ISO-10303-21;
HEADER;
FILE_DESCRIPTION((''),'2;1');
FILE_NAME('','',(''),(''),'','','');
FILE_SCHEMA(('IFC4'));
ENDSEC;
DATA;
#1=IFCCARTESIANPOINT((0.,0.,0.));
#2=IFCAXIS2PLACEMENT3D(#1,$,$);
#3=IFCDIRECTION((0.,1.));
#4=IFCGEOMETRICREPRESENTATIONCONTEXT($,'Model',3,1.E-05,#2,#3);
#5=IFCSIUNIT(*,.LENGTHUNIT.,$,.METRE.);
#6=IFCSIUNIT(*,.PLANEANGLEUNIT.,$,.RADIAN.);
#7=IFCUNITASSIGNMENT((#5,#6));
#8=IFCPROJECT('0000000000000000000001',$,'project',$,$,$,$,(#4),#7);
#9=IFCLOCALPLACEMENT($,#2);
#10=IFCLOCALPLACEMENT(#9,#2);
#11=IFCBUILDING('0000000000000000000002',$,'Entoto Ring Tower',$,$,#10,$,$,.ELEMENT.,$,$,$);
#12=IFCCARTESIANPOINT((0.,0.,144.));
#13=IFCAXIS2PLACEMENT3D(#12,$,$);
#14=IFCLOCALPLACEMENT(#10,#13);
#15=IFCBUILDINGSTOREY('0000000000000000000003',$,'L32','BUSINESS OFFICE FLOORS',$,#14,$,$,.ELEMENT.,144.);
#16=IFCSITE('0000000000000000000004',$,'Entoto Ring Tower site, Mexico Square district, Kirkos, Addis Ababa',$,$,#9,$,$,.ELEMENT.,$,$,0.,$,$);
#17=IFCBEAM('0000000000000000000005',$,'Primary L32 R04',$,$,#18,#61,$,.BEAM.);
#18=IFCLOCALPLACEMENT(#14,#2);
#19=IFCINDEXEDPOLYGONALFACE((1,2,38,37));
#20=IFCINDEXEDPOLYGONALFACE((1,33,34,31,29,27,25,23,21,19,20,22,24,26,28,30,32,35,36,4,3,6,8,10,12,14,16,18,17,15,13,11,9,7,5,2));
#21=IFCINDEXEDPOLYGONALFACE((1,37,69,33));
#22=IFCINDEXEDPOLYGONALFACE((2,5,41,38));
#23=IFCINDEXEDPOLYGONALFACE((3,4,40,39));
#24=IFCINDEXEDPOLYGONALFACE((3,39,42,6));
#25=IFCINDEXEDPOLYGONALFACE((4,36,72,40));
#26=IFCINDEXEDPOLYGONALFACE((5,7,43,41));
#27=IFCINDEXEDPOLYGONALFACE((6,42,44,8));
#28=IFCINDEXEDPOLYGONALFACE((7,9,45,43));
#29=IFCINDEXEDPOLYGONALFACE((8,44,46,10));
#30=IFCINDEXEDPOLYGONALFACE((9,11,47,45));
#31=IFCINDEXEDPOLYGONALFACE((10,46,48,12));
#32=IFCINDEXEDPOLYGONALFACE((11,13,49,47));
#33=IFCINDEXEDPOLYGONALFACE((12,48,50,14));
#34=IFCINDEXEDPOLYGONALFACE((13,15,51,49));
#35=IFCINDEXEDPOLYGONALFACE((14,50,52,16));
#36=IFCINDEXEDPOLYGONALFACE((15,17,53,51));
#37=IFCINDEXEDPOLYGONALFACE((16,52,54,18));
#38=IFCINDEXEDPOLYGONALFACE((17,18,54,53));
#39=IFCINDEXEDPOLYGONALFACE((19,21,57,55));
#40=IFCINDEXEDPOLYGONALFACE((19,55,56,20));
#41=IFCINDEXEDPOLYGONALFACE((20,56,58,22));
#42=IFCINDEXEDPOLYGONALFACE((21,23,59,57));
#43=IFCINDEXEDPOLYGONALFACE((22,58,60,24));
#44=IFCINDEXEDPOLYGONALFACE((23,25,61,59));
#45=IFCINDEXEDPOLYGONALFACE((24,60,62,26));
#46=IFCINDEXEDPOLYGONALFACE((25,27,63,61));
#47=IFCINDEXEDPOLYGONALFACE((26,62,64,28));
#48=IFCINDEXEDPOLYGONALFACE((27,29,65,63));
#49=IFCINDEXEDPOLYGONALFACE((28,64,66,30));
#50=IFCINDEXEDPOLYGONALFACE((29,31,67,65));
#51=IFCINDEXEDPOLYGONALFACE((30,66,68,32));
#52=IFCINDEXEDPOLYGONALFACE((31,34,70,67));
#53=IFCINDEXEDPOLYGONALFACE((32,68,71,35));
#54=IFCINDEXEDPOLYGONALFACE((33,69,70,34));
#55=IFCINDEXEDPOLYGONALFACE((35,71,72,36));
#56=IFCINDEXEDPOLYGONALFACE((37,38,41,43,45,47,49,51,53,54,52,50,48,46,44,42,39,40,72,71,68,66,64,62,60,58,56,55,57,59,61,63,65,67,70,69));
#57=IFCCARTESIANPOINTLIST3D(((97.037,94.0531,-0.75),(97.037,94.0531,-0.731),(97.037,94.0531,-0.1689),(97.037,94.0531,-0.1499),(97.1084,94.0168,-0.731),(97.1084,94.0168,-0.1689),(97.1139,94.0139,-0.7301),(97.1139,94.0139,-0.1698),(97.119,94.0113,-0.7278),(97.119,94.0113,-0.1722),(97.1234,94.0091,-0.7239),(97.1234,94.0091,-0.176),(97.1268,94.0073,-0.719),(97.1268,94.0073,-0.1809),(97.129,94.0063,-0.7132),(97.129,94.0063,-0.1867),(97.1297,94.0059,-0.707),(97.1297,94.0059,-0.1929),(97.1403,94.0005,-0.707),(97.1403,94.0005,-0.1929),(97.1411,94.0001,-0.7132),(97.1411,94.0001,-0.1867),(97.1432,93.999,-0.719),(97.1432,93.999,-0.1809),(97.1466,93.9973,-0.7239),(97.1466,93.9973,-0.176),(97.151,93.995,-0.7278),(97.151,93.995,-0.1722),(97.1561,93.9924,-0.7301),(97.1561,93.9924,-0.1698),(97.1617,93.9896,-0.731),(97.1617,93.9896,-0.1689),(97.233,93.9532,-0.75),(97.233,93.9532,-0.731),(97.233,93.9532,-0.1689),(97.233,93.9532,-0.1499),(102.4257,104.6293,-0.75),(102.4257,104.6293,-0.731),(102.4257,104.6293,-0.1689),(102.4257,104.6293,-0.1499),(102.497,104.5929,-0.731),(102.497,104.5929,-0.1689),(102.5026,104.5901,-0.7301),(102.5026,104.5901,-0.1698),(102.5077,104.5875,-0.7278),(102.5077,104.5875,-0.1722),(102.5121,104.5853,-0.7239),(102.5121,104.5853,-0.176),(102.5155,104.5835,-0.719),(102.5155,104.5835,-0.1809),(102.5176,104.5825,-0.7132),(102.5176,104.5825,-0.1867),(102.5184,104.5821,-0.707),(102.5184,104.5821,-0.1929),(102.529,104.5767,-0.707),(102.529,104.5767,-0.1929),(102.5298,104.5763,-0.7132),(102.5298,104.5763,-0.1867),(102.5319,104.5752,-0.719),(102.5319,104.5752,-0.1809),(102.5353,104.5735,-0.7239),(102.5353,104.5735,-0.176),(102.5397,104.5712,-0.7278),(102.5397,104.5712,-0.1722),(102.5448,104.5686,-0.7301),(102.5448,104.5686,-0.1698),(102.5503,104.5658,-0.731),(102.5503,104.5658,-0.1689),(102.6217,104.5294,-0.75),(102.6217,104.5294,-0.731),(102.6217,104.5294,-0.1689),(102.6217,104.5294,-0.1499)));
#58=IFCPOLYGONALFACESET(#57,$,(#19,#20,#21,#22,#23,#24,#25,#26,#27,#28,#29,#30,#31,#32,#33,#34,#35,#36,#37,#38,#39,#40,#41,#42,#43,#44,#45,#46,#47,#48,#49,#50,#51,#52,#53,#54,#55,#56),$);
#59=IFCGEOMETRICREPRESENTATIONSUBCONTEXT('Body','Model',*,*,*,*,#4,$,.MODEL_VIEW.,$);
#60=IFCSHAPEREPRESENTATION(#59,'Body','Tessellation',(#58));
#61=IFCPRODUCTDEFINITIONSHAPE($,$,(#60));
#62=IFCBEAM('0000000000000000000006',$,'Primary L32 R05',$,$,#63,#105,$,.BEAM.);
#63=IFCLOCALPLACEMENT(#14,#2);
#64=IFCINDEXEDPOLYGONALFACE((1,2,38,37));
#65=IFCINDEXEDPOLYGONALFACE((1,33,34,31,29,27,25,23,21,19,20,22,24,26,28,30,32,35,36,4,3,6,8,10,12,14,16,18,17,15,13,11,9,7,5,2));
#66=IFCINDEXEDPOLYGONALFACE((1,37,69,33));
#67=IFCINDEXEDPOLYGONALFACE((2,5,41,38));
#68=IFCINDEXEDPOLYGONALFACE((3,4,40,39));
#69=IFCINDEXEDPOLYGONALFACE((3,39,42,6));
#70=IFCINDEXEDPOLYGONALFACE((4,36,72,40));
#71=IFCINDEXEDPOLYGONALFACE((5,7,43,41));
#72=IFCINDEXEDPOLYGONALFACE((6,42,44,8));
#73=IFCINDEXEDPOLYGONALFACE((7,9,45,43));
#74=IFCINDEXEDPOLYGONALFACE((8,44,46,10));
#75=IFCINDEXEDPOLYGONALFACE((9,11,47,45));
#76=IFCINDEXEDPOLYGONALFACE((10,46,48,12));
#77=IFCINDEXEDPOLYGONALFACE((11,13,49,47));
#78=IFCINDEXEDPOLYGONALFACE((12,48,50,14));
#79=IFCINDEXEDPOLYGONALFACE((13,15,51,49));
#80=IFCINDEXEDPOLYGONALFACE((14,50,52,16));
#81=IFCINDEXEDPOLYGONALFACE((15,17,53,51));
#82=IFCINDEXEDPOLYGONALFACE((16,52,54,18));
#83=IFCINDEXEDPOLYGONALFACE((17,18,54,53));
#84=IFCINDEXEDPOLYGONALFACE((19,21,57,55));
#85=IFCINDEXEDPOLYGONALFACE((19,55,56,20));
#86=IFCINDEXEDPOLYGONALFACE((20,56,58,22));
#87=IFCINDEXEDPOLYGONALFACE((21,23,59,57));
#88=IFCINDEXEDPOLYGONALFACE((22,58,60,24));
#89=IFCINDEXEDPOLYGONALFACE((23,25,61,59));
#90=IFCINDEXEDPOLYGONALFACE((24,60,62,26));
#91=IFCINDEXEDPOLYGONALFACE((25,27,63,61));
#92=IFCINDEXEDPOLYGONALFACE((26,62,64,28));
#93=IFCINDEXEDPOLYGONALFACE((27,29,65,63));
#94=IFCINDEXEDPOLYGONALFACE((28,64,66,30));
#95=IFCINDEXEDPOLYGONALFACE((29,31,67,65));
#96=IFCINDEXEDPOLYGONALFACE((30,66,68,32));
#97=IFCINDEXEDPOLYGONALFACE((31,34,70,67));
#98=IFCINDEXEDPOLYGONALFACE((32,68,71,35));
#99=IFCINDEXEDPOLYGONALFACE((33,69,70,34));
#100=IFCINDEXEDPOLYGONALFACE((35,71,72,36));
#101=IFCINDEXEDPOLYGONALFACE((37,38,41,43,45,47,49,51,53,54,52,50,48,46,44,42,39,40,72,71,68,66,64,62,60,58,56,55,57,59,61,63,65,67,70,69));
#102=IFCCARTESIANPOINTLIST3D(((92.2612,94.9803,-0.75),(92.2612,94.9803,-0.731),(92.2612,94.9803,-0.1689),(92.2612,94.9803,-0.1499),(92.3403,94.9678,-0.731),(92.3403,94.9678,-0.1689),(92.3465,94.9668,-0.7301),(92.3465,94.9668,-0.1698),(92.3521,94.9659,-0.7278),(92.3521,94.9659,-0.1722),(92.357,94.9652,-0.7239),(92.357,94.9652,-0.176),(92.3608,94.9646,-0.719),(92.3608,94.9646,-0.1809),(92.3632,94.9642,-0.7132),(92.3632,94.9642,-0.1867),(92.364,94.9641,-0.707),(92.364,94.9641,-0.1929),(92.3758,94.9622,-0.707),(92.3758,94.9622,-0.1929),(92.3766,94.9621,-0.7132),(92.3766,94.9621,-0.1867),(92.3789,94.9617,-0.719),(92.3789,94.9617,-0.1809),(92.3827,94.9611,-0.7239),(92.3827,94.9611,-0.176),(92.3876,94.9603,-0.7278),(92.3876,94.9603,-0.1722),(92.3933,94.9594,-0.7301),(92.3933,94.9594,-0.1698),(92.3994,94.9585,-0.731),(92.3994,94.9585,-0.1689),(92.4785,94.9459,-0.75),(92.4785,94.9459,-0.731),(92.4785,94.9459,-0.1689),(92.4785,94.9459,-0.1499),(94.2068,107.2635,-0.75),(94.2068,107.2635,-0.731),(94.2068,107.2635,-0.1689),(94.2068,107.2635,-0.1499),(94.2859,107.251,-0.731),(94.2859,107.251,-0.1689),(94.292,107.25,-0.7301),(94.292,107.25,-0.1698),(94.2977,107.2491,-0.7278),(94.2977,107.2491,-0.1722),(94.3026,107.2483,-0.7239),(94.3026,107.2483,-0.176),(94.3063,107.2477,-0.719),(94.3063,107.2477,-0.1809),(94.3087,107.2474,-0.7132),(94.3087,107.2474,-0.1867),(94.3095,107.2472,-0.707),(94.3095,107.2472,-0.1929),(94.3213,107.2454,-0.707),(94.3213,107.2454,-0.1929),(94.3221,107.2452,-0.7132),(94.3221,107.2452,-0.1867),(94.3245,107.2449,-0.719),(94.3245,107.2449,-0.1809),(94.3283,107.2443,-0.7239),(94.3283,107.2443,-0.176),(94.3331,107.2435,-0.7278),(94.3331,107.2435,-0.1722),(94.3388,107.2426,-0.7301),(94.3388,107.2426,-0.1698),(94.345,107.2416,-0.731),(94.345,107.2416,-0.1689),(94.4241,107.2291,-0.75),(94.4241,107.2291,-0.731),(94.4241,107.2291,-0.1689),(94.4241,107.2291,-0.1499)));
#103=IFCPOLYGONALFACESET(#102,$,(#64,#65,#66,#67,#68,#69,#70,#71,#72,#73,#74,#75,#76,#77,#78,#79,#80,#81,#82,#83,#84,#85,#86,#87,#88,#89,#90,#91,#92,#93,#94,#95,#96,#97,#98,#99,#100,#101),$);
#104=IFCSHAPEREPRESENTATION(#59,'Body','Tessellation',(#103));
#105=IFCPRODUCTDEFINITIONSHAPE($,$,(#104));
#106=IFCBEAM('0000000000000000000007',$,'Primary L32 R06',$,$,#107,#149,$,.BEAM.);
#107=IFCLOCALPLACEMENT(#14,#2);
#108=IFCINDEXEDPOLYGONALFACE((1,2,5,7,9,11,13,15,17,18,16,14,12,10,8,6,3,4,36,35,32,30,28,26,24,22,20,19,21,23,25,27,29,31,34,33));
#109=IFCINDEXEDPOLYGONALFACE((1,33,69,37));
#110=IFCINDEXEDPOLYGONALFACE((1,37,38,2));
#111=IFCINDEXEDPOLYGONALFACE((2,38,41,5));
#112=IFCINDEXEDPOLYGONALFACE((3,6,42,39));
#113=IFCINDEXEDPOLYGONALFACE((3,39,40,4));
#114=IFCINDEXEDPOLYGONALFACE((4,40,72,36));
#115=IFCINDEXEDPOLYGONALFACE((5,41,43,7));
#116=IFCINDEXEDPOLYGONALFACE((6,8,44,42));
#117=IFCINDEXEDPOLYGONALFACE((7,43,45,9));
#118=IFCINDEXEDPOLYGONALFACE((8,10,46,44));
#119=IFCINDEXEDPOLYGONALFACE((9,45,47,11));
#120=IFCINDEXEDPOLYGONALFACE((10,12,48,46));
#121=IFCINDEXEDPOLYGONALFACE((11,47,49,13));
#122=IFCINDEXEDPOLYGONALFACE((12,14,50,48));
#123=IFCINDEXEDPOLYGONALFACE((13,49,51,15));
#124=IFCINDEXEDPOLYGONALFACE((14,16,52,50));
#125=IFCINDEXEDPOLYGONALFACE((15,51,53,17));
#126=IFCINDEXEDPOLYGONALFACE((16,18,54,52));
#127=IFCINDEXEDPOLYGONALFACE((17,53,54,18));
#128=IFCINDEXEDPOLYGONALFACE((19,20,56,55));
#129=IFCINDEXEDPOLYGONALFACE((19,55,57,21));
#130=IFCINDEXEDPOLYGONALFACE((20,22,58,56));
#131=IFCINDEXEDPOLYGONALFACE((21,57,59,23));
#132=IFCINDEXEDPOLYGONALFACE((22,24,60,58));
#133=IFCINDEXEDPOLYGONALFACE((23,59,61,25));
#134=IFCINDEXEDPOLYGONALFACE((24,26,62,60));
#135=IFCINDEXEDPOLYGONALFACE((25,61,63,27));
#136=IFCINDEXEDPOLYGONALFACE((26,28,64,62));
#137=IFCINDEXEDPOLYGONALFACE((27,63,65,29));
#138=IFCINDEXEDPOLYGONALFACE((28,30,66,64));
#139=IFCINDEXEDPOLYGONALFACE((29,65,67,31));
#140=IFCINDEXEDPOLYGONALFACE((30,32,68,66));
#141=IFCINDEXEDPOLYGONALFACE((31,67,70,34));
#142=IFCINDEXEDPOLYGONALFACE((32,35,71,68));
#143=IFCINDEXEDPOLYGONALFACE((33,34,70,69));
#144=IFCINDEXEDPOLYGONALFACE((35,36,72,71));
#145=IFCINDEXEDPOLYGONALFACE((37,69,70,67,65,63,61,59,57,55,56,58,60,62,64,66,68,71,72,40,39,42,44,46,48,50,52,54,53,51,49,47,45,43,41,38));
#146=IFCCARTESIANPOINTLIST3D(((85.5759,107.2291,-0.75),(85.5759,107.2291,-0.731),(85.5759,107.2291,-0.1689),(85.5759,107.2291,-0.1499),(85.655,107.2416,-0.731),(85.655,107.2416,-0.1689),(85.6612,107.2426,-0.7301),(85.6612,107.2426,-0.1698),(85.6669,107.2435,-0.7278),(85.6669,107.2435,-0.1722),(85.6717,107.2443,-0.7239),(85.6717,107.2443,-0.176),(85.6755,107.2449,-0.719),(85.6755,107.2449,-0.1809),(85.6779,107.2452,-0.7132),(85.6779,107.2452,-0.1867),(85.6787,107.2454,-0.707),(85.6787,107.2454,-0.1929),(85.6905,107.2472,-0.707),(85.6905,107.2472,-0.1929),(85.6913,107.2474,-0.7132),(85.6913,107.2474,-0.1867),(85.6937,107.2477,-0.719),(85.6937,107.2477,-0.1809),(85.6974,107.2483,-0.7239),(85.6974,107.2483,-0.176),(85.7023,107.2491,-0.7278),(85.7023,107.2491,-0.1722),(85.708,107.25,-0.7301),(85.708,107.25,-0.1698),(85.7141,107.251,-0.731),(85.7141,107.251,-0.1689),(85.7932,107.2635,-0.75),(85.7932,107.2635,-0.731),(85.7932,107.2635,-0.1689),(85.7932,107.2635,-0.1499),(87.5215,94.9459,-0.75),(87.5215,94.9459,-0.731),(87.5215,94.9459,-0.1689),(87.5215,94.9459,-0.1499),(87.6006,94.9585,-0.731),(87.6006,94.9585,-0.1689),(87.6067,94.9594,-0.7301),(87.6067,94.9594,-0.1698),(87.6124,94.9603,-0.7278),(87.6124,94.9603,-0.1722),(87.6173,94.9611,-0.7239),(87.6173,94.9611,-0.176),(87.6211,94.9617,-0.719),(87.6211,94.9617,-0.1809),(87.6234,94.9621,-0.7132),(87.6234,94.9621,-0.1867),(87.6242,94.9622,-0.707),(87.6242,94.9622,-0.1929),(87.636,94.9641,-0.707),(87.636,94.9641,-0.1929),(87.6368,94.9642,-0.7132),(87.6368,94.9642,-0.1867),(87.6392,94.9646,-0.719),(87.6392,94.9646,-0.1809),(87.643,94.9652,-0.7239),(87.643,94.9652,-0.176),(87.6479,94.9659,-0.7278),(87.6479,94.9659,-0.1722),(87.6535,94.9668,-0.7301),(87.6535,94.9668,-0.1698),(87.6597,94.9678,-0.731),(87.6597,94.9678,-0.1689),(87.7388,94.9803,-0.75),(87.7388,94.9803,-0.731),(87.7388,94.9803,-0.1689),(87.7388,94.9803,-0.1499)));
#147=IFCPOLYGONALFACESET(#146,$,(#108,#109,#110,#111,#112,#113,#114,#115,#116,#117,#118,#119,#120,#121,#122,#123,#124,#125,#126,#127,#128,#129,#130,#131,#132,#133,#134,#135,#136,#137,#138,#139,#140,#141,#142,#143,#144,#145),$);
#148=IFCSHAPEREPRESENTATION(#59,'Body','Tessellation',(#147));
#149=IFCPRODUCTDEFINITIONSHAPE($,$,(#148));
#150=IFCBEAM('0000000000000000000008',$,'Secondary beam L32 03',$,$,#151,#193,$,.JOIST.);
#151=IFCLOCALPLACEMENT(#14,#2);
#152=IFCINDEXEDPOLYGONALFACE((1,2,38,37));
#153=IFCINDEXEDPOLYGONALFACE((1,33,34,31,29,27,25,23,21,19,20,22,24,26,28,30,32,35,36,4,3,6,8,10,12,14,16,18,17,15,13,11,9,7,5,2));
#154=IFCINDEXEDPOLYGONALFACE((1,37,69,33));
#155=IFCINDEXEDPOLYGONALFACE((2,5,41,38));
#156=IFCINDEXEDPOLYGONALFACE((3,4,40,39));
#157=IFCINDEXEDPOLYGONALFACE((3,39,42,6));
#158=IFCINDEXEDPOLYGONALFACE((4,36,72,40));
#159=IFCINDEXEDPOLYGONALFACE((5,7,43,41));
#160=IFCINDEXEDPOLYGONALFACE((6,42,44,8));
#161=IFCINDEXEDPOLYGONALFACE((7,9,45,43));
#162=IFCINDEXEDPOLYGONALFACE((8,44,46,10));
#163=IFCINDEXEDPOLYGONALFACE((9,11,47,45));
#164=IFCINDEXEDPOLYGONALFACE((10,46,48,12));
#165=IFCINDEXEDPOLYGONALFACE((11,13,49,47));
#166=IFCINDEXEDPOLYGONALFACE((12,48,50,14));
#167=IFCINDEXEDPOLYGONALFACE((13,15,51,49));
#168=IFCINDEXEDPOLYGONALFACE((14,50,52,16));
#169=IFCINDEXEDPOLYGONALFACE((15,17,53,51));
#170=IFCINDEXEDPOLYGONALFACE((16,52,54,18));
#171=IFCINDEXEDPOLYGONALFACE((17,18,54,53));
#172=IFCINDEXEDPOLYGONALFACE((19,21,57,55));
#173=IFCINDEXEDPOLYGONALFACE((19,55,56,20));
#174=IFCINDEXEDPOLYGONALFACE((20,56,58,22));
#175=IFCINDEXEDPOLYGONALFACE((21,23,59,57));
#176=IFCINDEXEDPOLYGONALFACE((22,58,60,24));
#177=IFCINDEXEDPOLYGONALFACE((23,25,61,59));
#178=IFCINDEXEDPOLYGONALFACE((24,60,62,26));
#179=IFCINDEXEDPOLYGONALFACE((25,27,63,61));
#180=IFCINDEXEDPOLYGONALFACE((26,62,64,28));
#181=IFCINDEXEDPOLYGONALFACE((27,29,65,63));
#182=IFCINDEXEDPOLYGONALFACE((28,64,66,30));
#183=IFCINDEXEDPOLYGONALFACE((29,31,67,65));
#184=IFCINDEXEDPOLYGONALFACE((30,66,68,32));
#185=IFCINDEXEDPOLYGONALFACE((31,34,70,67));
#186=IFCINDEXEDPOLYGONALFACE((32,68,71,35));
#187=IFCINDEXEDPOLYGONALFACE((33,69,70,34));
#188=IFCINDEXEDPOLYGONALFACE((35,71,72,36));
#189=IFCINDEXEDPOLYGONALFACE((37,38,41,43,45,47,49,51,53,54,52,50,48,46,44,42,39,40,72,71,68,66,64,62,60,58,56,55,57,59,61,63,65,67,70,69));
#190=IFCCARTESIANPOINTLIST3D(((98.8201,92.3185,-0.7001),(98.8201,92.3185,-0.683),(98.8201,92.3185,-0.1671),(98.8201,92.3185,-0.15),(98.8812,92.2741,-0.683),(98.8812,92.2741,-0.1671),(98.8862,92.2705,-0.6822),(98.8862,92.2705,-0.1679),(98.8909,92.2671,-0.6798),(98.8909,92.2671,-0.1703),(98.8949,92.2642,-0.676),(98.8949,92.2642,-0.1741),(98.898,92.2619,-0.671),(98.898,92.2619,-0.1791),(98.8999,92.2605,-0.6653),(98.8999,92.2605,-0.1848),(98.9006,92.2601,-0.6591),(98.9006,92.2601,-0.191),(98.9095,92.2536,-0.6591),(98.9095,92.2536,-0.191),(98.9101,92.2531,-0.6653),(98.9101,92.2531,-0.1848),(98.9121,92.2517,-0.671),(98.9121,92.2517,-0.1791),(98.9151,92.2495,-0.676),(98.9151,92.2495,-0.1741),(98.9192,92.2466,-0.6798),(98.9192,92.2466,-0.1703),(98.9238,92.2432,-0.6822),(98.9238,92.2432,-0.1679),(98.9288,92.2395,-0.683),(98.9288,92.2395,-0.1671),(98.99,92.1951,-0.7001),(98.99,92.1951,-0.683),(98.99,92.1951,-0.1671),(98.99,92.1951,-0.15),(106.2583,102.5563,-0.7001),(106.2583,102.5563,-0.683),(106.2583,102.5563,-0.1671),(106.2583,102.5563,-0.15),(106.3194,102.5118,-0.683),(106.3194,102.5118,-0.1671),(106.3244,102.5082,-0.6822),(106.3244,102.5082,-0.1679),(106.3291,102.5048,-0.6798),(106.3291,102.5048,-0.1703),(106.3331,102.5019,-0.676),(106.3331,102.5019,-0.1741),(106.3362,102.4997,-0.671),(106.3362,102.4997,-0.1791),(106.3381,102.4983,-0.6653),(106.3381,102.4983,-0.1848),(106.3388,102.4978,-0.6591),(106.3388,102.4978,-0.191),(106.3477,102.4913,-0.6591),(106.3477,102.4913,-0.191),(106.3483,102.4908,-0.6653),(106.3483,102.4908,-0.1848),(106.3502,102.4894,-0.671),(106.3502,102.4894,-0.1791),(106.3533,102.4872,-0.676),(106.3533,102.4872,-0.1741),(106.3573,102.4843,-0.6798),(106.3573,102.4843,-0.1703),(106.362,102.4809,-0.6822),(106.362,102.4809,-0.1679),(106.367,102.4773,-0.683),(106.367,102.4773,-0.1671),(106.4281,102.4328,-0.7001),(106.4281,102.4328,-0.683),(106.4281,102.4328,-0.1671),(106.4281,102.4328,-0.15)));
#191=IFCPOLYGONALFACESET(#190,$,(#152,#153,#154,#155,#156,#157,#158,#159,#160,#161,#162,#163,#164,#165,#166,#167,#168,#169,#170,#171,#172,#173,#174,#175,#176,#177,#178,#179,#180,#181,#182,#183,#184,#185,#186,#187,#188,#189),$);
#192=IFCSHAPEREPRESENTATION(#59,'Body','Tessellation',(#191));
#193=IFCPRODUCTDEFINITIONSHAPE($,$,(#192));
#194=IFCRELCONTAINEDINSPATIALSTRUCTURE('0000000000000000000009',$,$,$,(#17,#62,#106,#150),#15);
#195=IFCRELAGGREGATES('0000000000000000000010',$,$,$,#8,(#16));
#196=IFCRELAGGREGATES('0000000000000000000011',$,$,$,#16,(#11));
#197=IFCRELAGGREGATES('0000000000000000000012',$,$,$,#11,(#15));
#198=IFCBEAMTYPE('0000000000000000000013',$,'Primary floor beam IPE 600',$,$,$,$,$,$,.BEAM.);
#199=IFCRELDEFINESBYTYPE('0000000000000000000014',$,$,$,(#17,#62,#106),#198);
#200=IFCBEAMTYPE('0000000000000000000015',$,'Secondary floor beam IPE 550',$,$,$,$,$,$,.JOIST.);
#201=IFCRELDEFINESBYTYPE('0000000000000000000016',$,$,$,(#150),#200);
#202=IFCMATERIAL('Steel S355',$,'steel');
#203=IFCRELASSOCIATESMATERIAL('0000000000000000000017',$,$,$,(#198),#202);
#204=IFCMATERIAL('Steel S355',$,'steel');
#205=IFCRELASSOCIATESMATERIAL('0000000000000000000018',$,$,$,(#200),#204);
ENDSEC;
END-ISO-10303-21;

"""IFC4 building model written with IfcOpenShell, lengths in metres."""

from ifc_helpers import new_model, si_unit, direction, frame, origin, origin_2d, place, context, subcontext, project, spatial, i_section, extrude, material, material_profile, profile_set, type_object, element, save


model = new_model("IFC4")

# Units and contexts
model_context = context("Model", 3, precision=1e-05, world=origin(), true_north=direction((0.0, 1.0)))
body_context = subcontext(model_context, "Body", "Model", "MODEL_VIEW")
ifc_project = project(units=[si_unit("LENGTHUNIT", "METRE"), si_unit("PLANEANGLEUNIT", "RADIAN")], contexts=[model_context])

# Site, building, storey
site_placement = place(None, origin())
site = spatial("IfcSite", under=ifc_project, at=site_placement, Name="Entoto Ring Tower site, Mexico Square district, Kirkos, Addis Ababa", CompositionType="ELEMENT", RefElevation=0.0)
building_placement = place(site_placement, origin())
building = spatial("IfcBuilding", under=site, at=building_placement, Name="Entoto Ring Tower", CompositionType="ELEMENT")
storey_placement = place(building_placement, frame((0.0, 0.0, 144.0)))
storey = spatial("IfcBuildingStorey", under=building, at=storey_placement, Name="L32", Description="BUSINESS OFFICE FLOORS", CompositionType="ELEMENT", Elevation=144.0)

# Beams
ifc_material_1 = material(Name="Steel S355", Category="steel")
ifc_material_profile_1 = material_profile(ifc_material_1, i_section(OverallWidth=0.22, OverallDepth=0.6001, WebThickness=0.012, FlangeThickness=0.019, FilletRadius=0.0239, at=origin_2d()), Name="IPE 600")
ifc_profile_set_1 = profile_set([ifc_material_profile_1], Name="Steel S355")
beam_type_1 = type_object("IfcBeamType", Name="Primary floor beam IPE 600", PredefinedType="BEAM", material=ifc_profile_set_1)
beam_1_placement = place(storey_placement, frame((97.135, 94.0032, -0.45), z_axis=(0.45398, 0.891012, 0.0), x_axis=(-0.891012, 0.45398, 0.0)))
element("IfcBeam", 1, at=beam_1_placement, inside=storey, type_object=beam_type_1, Name="Primary L32 R04", PredefinedType="BEAM", context=body_context, shape_type="SweptSolid", body=[
    extrude(i_section(OverallWidth=0.22, OverallDepth=0.6001, WebThickness=0.012, FlangeThickness=0.019, FilletRadius=0.0239, at=origin_2d()), origin(), (0.0, 0.0, 1.0), 11.8699),
])
for number, where, z_axis, x_axis, name in (
    (2, (92.3699, 94.9631, -0.45), (0.156441, 0.987687, 0.0), (-0.987687, 0.156441, 0.0), "Primary L32 R05"),
    (3, (87.6301, 94.9631, -0.45), (-0.156441, 0.987687, 0.0), (-0.987687, -0.156441, 0.0), "Primary L32 R06"),
):
    element("IfcBeam", number, at=place(storey_placement, frame(where, z_axis=z_axis, x_axis=x_axis)), inside=storey, type_object=beam_type_1, Name=name, PredefinedType="BEAM", context=body_context, shape_type="SweptSolid", body=[
        extrude(i_section(OverallWidth=0.22, OverallDepth=0.6001, WebThickness=0.012, FlangeThickness=0.019, FilletRadius=0.0239, at=origin_2d()), origin(), (0.0, 0.0, 1.0), 12.4363),
    ])
ifc_material_2 = material(Name="Steel S355", Category="steel")
ifc_material_profile_2 = material_profile(ifc_material_2, i_section(OverallWidth=0.21, OverallDepth=0.55, WebThickness=0.011, FlangeThickness=0.0171, FilletRadius=0.0239, at=origin_2d()), Name="IPE 550")
ifc_profile_set_2 = profile_set([ifc_material_profile_2], Name="Steel S355")
beam_type_2 = type_object("IfcBeamType", Name="Secondary floor beam IPE 550", PredefinedType="JOIST", material=ifc_profile_set_2)
beam_2_placement = place(storey_placement, frame((98.905, 92.2568, -0.425), z_axis=(0.587787, 0.809015, 0.0), x_axis=(-0.809015, 0.587787, 0.0)))
element("IfcBeam", 4, at=beam_2_placement, inside=storey, type_object=beam_type_2, Name="Secondary beam L32 03", PredefinedType="JOIST", context=body_context, shape_type="SweptSolid", body=[
    extrude(i_section(OverallWidth=0.21, OverallDepth=0.55, WebThickness=0.011, FlangeThickness=0.0171, FilletRadius=0.0239, at=origin_2d()), origin(), (0.0, 0.0, 1.0), 12.6545),
])

save(model, "model.ifc")
